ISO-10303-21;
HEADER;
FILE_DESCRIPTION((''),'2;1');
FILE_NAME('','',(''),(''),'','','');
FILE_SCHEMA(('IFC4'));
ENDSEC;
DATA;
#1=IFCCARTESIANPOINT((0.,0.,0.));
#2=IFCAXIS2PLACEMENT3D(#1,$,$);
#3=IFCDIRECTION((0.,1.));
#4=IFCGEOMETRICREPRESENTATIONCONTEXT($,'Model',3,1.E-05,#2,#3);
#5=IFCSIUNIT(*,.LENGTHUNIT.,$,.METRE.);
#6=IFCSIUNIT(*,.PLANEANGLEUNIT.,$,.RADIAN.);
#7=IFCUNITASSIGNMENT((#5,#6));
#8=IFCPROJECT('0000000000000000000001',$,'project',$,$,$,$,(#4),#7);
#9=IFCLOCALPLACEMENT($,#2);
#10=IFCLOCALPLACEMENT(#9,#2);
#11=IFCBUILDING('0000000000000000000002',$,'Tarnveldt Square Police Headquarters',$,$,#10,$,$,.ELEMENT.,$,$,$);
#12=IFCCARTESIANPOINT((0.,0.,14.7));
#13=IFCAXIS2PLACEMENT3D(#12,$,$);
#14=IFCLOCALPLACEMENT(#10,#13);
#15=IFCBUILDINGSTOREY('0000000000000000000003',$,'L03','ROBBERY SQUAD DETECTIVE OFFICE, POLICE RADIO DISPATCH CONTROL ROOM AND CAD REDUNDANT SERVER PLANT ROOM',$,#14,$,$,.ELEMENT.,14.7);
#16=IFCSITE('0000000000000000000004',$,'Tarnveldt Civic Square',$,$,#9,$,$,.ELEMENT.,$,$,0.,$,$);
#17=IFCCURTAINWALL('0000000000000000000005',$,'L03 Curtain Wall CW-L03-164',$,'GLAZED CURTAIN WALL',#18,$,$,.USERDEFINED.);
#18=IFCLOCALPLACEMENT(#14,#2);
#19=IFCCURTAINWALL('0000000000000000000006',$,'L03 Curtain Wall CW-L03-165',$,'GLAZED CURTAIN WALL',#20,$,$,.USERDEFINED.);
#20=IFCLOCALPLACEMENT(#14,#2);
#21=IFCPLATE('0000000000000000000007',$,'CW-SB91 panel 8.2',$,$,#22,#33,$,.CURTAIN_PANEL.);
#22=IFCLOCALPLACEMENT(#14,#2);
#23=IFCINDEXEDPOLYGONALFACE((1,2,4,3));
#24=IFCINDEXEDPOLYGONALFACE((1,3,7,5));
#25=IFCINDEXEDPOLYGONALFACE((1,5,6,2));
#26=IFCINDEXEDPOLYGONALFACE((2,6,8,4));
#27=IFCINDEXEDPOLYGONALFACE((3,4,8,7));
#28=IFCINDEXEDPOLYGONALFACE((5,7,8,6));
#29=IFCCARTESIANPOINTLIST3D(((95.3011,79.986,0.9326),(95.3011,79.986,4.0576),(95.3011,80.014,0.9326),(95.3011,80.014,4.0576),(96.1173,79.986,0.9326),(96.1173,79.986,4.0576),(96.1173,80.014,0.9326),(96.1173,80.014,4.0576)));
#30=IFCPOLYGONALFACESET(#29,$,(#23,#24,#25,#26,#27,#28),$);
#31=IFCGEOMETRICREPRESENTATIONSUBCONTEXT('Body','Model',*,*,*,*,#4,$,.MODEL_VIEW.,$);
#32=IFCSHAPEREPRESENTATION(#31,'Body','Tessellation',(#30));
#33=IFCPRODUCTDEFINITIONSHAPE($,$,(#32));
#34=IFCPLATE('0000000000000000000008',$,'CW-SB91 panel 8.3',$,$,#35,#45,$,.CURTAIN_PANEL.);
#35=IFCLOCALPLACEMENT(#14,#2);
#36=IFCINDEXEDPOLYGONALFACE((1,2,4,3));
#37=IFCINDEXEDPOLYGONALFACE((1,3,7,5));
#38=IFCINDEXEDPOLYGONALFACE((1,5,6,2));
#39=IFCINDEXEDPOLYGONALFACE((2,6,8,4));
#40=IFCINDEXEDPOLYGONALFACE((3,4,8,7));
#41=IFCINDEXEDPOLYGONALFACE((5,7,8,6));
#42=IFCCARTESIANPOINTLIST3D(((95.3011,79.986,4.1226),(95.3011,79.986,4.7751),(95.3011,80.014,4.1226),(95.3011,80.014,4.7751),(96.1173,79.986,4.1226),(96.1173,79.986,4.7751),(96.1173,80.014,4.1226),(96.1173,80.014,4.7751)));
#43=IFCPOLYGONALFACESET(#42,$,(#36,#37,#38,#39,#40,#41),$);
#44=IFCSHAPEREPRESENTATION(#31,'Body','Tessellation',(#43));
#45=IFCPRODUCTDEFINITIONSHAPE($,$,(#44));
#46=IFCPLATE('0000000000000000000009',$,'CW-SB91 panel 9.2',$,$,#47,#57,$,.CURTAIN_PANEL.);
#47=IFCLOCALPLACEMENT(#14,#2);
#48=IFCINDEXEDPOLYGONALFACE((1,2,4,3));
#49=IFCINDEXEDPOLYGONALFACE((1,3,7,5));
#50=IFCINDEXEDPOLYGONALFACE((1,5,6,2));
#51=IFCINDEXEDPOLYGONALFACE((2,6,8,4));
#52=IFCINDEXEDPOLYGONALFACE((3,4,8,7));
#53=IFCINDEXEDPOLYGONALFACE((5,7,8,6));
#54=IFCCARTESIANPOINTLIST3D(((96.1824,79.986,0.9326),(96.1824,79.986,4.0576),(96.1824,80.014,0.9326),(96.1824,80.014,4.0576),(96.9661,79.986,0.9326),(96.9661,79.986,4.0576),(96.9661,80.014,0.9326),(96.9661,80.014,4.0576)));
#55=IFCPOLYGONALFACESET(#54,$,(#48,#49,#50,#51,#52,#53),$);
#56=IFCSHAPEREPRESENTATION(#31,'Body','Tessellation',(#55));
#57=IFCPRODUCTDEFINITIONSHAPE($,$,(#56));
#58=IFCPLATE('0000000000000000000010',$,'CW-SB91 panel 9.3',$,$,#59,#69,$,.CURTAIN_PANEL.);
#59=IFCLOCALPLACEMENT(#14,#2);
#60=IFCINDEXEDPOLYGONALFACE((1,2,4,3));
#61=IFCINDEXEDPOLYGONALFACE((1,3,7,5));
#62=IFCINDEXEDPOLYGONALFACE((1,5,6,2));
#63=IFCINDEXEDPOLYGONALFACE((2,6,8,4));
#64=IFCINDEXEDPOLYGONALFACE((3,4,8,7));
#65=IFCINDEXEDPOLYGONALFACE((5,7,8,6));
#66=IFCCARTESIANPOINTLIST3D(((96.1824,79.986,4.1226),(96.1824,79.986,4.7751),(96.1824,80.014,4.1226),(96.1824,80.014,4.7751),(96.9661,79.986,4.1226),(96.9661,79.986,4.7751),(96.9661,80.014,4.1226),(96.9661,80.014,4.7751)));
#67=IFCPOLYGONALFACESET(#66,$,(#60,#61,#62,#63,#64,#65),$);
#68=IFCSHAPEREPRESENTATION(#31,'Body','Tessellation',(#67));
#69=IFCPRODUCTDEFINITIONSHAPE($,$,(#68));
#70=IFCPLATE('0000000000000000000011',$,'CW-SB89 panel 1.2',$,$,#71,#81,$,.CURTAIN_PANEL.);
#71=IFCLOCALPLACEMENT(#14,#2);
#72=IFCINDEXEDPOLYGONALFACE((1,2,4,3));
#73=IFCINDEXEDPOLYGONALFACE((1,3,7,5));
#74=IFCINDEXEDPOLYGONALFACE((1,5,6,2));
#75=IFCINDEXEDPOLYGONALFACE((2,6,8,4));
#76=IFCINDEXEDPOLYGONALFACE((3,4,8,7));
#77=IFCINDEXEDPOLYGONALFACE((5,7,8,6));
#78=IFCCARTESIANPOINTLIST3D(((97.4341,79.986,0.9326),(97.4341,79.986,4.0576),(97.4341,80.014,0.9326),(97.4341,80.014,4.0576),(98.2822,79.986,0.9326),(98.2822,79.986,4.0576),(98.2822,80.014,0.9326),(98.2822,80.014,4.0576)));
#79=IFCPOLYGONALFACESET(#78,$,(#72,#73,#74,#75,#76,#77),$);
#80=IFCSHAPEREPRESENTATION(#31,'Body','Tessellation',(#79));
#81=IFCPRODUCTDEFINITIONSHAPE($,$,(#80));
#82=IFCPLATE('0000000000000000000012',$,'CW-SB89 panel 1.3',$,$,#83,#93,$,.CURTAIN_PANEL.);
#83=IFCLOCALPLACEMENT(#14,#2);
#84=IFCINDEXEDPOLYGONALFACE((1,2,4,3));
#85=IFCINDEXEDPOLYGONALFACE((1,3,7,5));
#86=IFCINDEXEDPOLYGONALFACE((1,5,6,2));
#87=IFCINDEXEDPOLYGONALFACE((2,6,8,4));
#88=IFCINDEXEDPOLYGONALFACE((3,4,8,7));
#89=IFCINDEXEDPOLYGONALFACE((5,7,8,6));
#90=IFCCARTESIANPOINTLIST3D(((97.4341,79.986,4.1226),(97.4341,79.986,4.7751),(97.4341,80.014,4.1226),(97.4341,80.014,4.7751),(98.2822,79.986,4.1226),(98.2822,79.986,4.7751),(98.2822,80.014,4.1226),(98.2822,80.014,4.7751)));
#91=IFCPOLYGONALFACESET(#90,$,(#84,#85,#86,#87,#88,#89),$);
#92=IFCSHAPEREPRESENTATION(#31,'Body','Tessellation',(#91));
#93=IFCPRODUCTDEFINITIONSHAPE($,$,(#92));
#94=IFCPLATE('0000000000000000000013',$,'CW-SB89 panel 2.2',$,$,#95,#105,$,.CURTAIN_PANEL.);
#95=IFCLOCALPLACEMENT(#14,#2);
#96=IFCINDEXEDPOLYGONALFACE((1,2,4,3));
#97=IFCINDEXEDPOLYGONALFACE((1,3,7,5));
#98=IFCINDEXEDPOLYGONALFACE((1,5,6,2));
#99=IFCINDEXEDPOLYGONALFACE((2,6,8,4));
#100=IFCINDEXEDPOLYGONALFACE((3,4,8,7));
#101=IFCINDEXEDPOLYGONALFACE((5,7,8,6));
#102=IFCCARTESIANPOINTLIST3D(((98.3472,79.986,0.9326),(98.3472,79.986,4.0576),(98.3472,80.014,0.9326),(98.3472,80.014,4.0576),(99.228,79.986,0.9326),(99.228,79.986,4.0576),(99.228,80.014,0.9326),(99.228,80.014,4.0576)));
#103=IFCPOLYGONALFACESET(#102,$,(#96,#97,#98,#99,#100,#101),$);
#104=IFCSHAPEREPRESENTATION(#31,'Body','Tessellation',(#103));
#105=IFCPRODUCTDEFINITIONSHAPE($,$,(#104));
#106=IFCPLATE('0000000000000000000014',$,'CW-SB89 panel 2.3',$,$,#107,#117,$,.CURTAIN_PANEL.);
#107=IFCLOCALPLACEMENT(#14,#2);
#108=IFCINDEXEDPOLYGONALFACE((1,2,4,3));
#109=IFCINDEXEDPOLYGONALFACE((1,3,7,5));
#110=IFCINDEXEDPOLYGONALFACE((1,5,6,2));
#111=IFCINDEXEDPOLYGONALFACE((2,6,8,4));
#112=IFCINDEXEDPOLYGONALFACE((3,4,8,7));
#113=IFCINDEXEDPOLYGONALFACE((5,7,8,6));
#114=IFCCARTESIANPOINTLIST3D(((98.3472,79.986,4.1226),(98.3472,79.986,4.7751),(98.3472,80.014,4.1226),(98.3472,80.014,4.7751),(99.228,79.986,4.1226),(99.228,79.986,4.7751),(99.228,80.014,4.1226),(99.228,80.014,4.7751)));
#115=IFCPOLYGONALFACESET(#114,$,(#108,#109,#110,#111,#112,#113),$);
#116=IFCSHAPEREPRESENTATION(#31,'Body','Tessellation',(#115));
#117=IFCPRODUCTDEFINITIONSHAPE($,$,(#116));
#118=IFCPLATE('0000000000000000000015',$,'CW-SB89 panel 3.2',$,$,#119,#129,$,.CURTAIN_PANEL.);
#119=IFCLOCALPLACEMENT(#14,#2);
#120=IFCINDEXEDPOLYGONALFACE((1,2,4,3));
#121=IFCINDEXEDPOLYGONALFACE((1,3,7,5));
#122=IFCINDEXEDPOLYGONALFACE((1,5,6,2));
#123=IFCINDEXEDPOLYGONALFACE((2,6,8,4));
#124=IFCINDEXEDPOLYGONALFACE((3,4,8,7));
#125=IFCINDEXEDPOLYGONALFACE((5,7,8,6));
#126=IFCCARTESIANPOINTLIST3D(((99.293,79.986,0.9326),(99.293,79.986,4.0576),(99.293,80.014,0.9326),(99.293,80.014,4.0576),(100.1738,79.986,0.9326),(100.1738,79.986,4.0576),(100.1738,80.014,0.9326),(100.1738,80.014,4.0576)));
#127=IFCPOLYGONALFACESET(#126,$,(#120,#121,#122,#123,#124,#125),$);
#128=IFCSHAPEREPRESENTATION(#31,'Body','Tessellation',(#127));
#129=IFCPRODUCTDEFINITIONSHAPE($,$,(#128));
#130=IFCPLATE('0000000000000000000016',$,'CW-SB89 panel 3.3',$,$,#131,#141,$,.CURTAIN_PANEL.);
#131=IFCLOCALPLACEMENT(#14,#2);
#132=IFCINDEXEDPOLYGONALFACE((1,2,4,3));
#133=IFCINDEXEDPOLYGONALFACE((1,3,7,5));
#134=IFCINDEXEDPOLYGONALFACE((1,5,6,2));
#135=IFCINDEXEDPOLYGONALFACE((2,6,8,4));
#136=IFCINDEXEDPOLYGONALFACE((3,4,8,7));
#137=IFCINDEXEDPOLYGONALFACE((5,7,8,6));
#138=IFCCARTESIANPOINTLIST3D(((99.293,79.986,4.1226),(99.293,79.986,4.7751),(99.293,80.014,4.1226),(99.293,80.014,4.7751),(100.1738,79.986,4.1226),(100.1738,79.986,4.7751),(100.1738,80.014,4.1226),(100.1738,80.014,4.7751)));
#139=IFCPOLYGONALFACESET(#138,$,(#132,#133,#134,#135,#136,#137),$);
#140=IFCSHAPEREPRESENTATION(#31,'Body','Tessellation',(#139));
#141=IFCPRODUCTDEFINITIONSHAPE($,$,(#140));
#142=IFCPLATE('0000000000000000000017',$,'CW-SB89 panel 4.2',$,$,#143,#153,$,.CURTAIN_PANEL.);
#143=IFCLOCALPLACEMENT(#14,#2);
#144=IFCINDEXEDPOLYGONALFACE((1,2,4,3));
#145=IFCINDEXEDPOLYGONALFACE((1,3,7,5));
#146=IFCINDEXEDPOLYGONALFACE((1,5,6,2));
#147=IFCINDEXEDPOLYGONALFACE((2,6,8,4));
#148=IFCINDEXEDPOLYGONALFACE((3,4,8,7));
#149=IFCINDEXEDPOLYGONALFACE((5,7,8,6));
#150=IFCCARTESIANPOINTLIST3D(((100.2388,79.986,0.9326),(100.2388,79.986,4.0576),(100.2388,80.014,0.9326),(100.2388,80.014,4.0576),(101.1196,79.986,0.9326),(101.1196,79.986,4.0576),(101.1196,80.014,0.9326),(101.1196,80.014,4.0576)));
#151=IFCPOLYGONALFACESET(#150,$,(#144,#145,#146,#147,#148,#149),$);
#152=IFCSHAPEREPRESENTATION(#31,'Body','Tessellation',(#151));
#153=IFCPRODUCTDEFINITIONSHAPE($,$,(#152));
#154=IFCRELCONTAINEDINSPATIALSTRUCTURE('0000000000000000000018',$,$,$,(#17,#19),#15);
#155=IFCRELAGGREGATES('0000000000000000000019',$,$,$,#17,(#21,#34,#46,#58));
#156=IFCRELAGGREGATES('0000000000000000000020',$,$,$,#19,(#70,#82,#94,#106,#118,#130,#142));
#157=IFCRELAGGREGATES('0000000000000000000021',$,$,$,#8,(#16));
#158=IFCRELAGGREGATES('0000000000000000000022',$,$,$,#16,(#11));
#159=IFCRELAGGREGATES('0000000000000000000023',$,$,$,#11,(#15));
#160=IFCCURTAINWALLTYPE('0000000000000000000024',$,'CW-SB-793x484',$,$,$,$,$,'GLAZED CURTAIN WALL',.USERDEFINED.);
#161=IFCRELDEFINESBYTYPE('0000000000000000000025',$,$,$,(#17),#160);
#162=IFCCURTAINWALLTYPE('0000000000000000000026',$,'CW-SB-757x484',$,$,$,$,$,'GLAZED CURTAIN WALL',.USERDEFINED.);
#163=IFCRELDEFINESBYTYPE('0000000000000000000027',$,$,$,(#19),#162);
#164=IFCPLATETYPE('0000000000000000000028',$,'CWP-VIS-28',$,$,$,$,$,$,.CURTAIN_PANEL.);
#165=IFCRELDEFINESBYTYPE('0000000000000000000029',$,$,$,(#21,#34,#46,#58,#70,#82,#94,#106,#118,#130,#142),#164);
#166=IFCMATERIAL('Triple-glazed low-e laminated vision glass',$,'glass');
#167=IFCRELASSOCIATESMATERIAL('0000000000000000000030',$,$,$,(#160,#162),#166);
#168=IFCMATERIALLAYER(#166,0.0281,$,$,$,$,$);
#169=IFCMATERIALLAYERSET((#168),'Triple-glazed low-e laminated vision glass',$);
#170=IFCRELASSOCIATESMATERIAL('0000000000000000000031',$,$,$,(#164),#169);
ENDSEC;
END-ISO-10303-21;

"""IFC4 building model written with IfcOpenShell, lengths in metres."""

from ifc_helpers import new_model, si_unit, direction, frame, origin, origin_2d, place, context, subcontext, project, spatial, rectangle, extrude, material, layer, layer_set, type_object, element, aggregate, save


model = new_model("IFC4")

# Units and contexts
model_context = context("Model", 3, precision=1e-05, world=origin(), true_north=direction((0.0, 1.0)))
body_context = subcontext(model_context, "Body", "Model", "MODEL_VIEW")
ifc_project = project(units=[si_unit("LENGTHUNIT", "METRE"), si_unit("PLANEANGLEUNIT", "RADIAN")], contexts=[model_context])

# Site, building, storey
site_placement = place(None, origin())
site = spatial("IfcSite", under=ifc_project, at=site_placement, Name="Tarnveldt Civic Square", CompositionType="ELEMENT", RefElevation=0.0)
building_placement = place(site_placement, origin())
building = spatial("IfcBuilding", under=site, at=building_placement, Name="Tarnveldt Square Police Headquarters", CompositionType="ELEMENT")
storey_placement = place(building_placement, frame((0.0, 0.0, 14.7)))
storey = spatial("IfcBuildingStorey", under=building, at=storey_placement, Name="L03", Description="ROBBERY SQUAD DETECTIVE OFFICE, POLICE RADIO DISPATCH CONTROL ROOM AND CAD REDUNDANT SERVER PLANT ROOM", CompositionType="ELEMENT", Elevation=14.7)

# Curtain walls
ifc_material_1 = material(Name="Triple-glazed low-e laminated vision glass", Category="glass")
curtain_wall_type_1 = type_object("IfcCurtainWallType", Name="CW-SB-793x484", ElementType="GLAZED CURTAIN WALL", PredefinedType="USERDEFINED", material=ifc_material_1)
curtain_wall_1_placement = place(storey_placement, origin())
curtain_wall_1 = element("IfcCurtainWall", 1, at=curtain_wall_1_placement, inside=storey, type_object=curtain_wall_type_1, Name="L03 Curtain Wall CW-L03-164", ObjectType="GLAZED CURTAIN WALL", PredefinedType="USERDEFINED")
curtain_wall_type_2 = type_object("IfcCurtainWallType", Name="CW-SB-757x484", ElementType="GLAZED CURTAIN WALL", PredefinedType="USERDEFINED", material=ifc_material_1)
curtain_wall_2_placement = place(storey_placement, origin())
curtain_wall_2 = element("IfcCurtainWall", 2, at=curtain_wall_2_placement, inside=storey, type_object=curtain_wall_type_2, Name="L03 Curtain Wall CW-L03-165", ObjectType="GLAZED CURTAIN WALL", PredefinedType="USERDEFINED")

# Plates
ifc_layer = layer(ifc_material_1, 0.0281)
ifc_layer_set = layer_set([ifc_layer], Name="Triple-glazed low-e laminated vision glass")
plate_type = type_object("IfcPlateType", Name="CWP-VIS-28", PredefinedType="CURTAIN_PANEL", material=ifc_layer_set)
plate_1_placement = place(storey_placement, frame((95.7092, 80.0, 0.9326), z_axis=(0.0, 0.0, 1.0), x_axis=(1.0, 0.0, 0.0)))
plate_1 = element("IfcPlate", 3, at=plate_1_placement, type_object=plate_type, Name="CW-SB91 panel 8.2", PredefinedType="CURTAIN_PANEL", context=body_context, shape_type="SweptSolid", body=[
    extrude(rectangle(XDim=0.8162, YDim=0.0281, at=origin_2d()), origin(), (0.0, 0.0, 1.0), 3.125),
])
plate_2_placement = place(storey_placement, frame((95.7092, 80.0, 4.1226), z_axis=(0.0, 0.0, 1.0), x_axis=(1.0, 0.0, 0.0)))
plate_2 = element("IfcPlate", 4, at=plate_2_placement, type_object=plate_type, Name="CW-SB91 panel 8.3", PredefinedType="CURTAIN_PANEL", context=body_context, shape_type="SweptSolid", body=[
    extrude(rectangle(XDim=0.8162, YDim=0.0281, at=origin_2d()), origin(), (0.0, 0.0, 1.0), 0.6526),
])
plate_3_placement = place(storey_placement, frame((96.5742, 80.0, 0.9326), z_axis=(0.0, 0.0, 1.0), x_axis=(1.0, 0.0, 0.0)))
plate_3 = element("IfcPlate", 5, at=plate_3_placement, type_object=plate_type, Name="CW-SB91 panel 9.2", PredefinedType="CURTAIN_PANEL", context=body_context, shape_type="SweptSolid", body=[
    extrude(rectangle(XDim=0.7837, YDim=0.0281, at=origin_2d()), origin(), (0.0, 0.0, 1.0), 3.125),
])
plate_4_placement = place(storey_placement, frame((96.5742, 80.0, 4.1226), z_axis=(0.0, 0.0, 1.0), x_axis=(1.0, 0.0, 0.0)))
plate_4 = element("IfcPlate", 6, at=plate_4_placement, type_object=plate_type, Name="CW-SB91 panel 9.3", PredefinedType="CURTAIN_PANEL", context=body_context, shape_type="SweptSolid", body=[
    extrude(rectangle(XDim=0.7837, YDim=0.0281, at=origin_2d()), origin(), (0.0, 0.0, 1.0), 0.6526),
])
aggregate(curtain_wall_1, [plate_1, plate_2, plate_3, plate_4])
plate_5_placement = place(storey_placement, frame((97.8582, 80.0, 0.9326), z_axis=(0.0, 0.0, 1.0), x_axis=(1.0, 0.0, 0.0)))
plate_5 = element("IfcPlate", 7, at=plate_5_placement, type_object=plate_type, Name="CW-SB89 panel 1.2", PredefinedType="CURTAIN_PANEL", context=body_context, shape_type="SweptSolid", body=[
    extrude(rectangle(XDim=0.8481, YDim=0.0281, at=origin_2d()), origin(), (0.0, 0.0, 1.0), 3.125),
])
plate_6_placement = place(storey_placement, frame((97.8582, 80.0, 4.1226), z_axis=(0.0, 0.0, 1.0), x_axis=(1.0, 0.0, 0.0)))
plate_6 = element("IfcPlate", 8, at=plate_6_placement, type_object=plate_type, Name="CW-SB89 panel 1.3", PredefinedType="CURTAIN_PANEL", context=body_context, shape_type="SweptSolid", body=[
    extrude(rectangle(XDim=0.8481, YDim=0.0281, at=origin_2d()), origin(), (0.0, 0.0, 1.0), 0.6526),
])
plate_7_placement = place(storey_placement, frame((98.7876, 80.0, 0.9326), z_axis=(0.0, 0.0, 1.0), x_axis=(1.0, 0.0, 0.0)))
plate_7 = element("IfcPlate", 9, at=plate_7_placement, type_object=plate_type, Name="CW-SB89 panel 2.2", PredefinedType="CURTAIN_PANEL", context=body_context, shape_type="SweptSolid", body=[
    extrude(rectangle(XDim=0.8809, YDim=0.0281, at=origin_2d()), origin(), (0.0, 0.0, 1.0), 3.125),
])
plate_8_placement = place(storey_placement, frame((98.7876, 80.0, 4.1226), z_axis=(0.0, 0.0, 1.0), x_axis=(1.0, 0.0, 0.0)))
plate_8 = element("IfcPlate", 10, at=plate_8_placement, type_object=plate_type, Name="CW-SB89 panel 2.3", PredefinedType="CURTAIN_PANEL", context=body_context, shape_type="SweptSolid", body=[
    extrude(rectangle(XDim=0.8809, YDim=0.0281, at=origin_2d()), origin(), (0.0, 0.0, 1.0), 0.6526),
])
plate_9_placement = place(storey_placement, frame((99.7334, 80.0, 0.9326), z_axis=(0.0, 0.0, 1.0), x_axis=(1.0, 0.0, 0.0)))
plate_9 = element("IfcPlate", 11, at=plate_9_placement, type_object=plate_type, Name="CW-SB89 panel 3.2", PredefinedType="CURTAIN_PANEL", context=body_context, shape_type="SweptSolid", body=[
    extrude(rectangle(XDim=0.8809, YDim=0.0281, at=origin_2d()), origin(), (0.0, 0.0, 1.0), 3.125),
])
plate_10_placement = place(storey_placement, frame((99.7334, 80.0, 4.1226), z_axis=(0.0, 0.0, 1.0), x_axis=(1.0, 0.0, 0.0)))
plate_10 = element("IfcPlate", 12, at=plate_10_placement, type_object=plate_type, Name="CW-SB89 panel 3.3", PredefinedType="CURTAIN_PANEL", context=body_context, shape_type="SweptSolid", body=[
    extrude(rectangle(XDim=0.8809, YDim=0.0281, at=origin_2d()), origin(), (0.0, 0.0, 1.0), 0.6526),
])
plate_11_placement = place(storey_placement, frame((100.6792, 80.0, 0.9326), z_axis=(0.0, 0.0, 1.0), x_axis=(1.0, 0.0, 0.0)))
plate_11 = element("IfcPlate", 13, at=plate_11_placement, type_object=plate_type, Name="CW-SB89 panel 4.2", PredefinedType="CURTAIN_PANEL", context=body_context, shape_type="SweptSolid", body=[
    extrude(rectangle(XDim=0.8809, YDim=0.0281, at=origin_2d()), origin(), (0.0, 0.0, 1.0), 3.125),
])
aggregate(curtain_wall_2, [plate_5, plate_6, plate_7, plate_8, plate_9, plate_10, plate_11])

save(model, "model.ifc")
